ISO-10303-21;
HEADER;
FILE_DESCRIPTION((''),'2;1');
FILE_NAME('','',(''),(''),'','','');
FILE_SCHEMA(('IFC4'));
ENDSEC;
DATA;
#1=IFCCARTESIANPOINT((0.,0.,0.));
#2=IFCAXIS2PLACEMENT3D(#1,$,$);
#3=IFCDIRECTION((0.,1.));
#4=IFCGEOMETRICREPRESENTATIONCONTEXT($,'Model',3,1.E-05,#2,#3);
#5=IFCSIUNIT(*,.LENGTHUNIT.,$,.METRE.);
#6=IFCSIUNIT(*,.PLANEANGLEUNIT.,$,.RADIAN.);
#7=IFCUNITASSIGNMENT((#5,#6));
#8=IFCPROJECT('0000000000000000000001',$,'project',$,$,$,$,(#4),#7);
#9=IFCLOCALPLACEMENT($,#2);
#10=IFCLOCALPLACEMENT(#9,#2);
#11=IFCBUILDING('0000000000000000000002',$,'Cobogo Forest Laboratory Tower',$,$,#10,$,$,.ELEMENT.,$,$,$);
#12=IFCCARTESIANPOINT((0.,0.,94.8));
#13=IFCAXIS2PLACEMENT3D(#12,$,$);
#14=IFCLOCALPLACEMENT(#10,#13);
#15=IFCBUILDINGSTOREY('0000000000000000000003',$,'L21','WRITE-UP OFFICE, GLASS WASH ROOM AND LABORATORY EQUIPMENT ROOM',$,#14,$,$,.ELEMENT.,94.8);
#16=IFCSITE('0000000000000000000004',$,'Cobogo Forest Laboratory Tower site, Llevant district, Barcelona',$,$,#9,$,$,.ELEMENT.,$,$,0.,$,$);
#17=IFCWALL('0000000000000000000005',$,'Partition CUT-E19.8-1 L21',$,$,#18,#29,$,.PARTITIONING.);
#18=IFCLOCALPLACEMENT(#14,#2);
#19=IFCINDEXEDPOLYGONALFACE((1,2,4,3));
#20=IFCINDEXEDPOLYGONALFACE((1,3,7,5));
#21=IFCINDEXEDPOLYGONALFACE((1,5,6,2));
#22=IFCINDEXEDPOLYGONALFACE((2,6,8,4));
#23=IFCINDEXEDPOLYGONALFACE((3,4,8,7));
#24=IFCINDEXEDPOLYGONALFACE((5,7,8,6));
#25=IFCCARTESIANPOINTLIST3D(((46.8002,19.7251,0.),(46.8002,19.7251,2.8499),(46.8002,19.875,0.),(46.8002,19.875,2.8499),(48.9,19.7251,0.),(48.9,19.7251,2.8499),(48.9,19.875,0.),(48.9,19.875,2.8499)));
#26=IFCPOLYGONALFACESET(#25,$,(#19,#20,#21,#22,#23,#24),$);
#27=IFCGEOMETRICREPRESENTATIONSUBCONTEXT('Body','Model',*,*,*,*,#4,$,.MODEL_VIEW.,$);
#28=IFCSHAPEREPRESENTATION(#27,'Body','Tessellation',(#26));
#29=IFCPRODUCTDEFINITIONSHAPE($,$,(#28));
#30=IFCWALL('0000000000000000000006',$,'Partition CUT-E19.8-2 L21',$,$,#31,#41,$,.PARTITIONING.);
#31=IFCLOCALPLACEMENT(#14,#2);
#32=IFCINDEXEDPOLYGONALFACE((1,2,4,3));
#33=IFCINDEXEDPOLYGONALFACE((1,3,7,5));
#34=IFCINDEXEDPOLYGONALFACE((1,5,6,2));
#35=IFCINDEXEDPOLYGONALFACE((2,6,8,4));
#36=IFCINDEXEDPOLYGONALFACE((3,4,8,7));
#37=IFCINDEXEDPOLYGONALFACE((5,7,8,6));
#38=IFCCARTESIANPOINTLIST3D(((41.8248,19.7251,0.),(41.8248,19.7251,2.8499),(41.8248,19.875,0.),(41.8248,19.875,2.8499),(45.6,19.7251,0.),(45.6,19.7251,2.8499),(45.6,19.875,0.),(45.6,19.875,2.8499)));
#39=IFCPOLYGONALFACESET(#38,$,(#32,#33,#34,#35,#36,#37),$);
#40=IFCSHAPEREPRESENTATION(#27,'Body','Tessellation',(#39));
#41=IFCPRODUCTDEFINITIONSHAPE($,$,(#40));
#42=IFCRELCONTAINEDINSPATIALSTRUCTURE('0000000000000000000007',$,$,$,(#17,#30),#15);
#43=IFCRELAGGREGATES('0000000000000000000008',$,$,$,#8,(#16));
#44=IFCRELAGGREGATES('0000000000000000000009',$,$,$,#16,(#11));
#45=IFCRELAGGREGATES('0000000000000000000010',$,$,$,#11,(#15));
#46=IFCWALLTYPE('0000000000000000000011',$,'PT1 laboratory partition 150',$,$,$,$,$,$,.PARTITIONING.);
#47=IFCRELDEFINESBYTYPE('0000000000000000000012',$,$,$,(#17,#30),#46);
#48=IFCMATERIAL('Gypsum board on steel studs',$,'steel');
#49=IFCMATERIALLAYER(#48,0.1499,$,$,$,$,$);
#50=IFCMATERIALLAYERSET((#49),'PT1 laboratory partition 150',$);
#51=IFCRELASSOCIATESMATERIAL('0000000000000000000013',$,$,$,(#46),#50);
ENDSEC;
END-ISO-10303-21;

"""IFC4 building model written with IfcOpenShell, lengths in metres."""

from ifc_helpers import new_model, si_unit, direction, frame, frame_2d, origin, place, context, subcontext, project, spatial, rectangle, extrude, material, layer, layer_set, type_object, element, save


model = new_model("IFC4")

# Units and contexts
model_context = context("Model", 3, precision=1e-05, world=origin(), true_north=direction((0.0, 1.0)))
body_context = subcontext(model_context, "Body", "Model", "MODEL_VIEW")
ifc_project = project(units=[si_unit("LENGTHUNIT", "METRE"), si_unit("PLANEANGLEUNIT", "RADIAN")], contexts=[model_context])

# Site, building, storey
site_placement = place(None, origin())
site = spatial("IfcSite", under=ifc_project, at=site_placement, Name="Cobogo Forest Laboratory Tower site, Llevant district, Barcelona", CompositionType="ELEMENT", RefElevation=0.0)
building_placement = place(site_placement, origin())
building = spatial("IfcBuilding", under=site, at=building_placement, Name="Cobogo Forest Laboratory Tower", CompositionType="ELEMENT")
storey_placement = place(building_placement, frame((0.0, 0.0, 94.8)))
storey = spatial("IfcBuildingStorey", under=building, at=storey_placement, Name="L21", Description="WRITE-UP OFFICE, GLASS WASH ROOM AND LABORATORY EQUIPMENT ROOM", CompositionType="ELEMENT", Elevation=94.8)

# Shared definitions
ifc_material_1 = material(Name="Gypsum board on steel studs", Category="steel")
ifc_layer_1 = layer(ifc_material_1, 0.1499)
ifc_layer_set_1 = layer_set([ifc_layer_1], Name="PT1 laboratory partition 150")
wall_type = type_object("IfcWallType", Name="PT1 laboratory partition 150", PredefinedType="PARTITIONING", material=ifc_layer_set_1)

# Walls
wall_1_placement = place(storey_placement, frame((48.8999, 19.8, 0.0), z_axis=(0.0, 0.0, 1.0), x_axis=(-1.0, 0.0, 0.0)))
element("IfcWall", 1, at=wall_1_placement, inside=storey, type_object=wall_type, Name="Partition CUT-E19.8-1 L21", PredefinedType="PARTITIONING", context=body_context, shape_type="SweptSolid", body=[
    extrude(rectangle(XDim=2.0999, YDim=0.1499, at=frame_2d((1.0498, 0.0))), origin(), (0.0, 0.0, 1.0), 2.8499),
])
wall_2_placement = place(storey_placement, frame((45.6001, 19.8, 0.0), z_axis=(0.0, 0.0, 1.0), x_axis=(-1.0, 0.0, 0.0)))
element("IfcWall", 2, at=wall_2_placement, inside=storey, type_object=wall_type, Name="Partition CUT-E19.8-2 L21", PredefinedType="PARTITIONING", context=body_context, shape_type="SweptSolid", body=[
    extrude(rectangle(XDim=3.7751, YDim=0.1499, at=frame_2d((1.8877, 0.0))), origin(), (0.0, 0.0, 1.0), 2.8499),
])

save(model, "model.ifc")
